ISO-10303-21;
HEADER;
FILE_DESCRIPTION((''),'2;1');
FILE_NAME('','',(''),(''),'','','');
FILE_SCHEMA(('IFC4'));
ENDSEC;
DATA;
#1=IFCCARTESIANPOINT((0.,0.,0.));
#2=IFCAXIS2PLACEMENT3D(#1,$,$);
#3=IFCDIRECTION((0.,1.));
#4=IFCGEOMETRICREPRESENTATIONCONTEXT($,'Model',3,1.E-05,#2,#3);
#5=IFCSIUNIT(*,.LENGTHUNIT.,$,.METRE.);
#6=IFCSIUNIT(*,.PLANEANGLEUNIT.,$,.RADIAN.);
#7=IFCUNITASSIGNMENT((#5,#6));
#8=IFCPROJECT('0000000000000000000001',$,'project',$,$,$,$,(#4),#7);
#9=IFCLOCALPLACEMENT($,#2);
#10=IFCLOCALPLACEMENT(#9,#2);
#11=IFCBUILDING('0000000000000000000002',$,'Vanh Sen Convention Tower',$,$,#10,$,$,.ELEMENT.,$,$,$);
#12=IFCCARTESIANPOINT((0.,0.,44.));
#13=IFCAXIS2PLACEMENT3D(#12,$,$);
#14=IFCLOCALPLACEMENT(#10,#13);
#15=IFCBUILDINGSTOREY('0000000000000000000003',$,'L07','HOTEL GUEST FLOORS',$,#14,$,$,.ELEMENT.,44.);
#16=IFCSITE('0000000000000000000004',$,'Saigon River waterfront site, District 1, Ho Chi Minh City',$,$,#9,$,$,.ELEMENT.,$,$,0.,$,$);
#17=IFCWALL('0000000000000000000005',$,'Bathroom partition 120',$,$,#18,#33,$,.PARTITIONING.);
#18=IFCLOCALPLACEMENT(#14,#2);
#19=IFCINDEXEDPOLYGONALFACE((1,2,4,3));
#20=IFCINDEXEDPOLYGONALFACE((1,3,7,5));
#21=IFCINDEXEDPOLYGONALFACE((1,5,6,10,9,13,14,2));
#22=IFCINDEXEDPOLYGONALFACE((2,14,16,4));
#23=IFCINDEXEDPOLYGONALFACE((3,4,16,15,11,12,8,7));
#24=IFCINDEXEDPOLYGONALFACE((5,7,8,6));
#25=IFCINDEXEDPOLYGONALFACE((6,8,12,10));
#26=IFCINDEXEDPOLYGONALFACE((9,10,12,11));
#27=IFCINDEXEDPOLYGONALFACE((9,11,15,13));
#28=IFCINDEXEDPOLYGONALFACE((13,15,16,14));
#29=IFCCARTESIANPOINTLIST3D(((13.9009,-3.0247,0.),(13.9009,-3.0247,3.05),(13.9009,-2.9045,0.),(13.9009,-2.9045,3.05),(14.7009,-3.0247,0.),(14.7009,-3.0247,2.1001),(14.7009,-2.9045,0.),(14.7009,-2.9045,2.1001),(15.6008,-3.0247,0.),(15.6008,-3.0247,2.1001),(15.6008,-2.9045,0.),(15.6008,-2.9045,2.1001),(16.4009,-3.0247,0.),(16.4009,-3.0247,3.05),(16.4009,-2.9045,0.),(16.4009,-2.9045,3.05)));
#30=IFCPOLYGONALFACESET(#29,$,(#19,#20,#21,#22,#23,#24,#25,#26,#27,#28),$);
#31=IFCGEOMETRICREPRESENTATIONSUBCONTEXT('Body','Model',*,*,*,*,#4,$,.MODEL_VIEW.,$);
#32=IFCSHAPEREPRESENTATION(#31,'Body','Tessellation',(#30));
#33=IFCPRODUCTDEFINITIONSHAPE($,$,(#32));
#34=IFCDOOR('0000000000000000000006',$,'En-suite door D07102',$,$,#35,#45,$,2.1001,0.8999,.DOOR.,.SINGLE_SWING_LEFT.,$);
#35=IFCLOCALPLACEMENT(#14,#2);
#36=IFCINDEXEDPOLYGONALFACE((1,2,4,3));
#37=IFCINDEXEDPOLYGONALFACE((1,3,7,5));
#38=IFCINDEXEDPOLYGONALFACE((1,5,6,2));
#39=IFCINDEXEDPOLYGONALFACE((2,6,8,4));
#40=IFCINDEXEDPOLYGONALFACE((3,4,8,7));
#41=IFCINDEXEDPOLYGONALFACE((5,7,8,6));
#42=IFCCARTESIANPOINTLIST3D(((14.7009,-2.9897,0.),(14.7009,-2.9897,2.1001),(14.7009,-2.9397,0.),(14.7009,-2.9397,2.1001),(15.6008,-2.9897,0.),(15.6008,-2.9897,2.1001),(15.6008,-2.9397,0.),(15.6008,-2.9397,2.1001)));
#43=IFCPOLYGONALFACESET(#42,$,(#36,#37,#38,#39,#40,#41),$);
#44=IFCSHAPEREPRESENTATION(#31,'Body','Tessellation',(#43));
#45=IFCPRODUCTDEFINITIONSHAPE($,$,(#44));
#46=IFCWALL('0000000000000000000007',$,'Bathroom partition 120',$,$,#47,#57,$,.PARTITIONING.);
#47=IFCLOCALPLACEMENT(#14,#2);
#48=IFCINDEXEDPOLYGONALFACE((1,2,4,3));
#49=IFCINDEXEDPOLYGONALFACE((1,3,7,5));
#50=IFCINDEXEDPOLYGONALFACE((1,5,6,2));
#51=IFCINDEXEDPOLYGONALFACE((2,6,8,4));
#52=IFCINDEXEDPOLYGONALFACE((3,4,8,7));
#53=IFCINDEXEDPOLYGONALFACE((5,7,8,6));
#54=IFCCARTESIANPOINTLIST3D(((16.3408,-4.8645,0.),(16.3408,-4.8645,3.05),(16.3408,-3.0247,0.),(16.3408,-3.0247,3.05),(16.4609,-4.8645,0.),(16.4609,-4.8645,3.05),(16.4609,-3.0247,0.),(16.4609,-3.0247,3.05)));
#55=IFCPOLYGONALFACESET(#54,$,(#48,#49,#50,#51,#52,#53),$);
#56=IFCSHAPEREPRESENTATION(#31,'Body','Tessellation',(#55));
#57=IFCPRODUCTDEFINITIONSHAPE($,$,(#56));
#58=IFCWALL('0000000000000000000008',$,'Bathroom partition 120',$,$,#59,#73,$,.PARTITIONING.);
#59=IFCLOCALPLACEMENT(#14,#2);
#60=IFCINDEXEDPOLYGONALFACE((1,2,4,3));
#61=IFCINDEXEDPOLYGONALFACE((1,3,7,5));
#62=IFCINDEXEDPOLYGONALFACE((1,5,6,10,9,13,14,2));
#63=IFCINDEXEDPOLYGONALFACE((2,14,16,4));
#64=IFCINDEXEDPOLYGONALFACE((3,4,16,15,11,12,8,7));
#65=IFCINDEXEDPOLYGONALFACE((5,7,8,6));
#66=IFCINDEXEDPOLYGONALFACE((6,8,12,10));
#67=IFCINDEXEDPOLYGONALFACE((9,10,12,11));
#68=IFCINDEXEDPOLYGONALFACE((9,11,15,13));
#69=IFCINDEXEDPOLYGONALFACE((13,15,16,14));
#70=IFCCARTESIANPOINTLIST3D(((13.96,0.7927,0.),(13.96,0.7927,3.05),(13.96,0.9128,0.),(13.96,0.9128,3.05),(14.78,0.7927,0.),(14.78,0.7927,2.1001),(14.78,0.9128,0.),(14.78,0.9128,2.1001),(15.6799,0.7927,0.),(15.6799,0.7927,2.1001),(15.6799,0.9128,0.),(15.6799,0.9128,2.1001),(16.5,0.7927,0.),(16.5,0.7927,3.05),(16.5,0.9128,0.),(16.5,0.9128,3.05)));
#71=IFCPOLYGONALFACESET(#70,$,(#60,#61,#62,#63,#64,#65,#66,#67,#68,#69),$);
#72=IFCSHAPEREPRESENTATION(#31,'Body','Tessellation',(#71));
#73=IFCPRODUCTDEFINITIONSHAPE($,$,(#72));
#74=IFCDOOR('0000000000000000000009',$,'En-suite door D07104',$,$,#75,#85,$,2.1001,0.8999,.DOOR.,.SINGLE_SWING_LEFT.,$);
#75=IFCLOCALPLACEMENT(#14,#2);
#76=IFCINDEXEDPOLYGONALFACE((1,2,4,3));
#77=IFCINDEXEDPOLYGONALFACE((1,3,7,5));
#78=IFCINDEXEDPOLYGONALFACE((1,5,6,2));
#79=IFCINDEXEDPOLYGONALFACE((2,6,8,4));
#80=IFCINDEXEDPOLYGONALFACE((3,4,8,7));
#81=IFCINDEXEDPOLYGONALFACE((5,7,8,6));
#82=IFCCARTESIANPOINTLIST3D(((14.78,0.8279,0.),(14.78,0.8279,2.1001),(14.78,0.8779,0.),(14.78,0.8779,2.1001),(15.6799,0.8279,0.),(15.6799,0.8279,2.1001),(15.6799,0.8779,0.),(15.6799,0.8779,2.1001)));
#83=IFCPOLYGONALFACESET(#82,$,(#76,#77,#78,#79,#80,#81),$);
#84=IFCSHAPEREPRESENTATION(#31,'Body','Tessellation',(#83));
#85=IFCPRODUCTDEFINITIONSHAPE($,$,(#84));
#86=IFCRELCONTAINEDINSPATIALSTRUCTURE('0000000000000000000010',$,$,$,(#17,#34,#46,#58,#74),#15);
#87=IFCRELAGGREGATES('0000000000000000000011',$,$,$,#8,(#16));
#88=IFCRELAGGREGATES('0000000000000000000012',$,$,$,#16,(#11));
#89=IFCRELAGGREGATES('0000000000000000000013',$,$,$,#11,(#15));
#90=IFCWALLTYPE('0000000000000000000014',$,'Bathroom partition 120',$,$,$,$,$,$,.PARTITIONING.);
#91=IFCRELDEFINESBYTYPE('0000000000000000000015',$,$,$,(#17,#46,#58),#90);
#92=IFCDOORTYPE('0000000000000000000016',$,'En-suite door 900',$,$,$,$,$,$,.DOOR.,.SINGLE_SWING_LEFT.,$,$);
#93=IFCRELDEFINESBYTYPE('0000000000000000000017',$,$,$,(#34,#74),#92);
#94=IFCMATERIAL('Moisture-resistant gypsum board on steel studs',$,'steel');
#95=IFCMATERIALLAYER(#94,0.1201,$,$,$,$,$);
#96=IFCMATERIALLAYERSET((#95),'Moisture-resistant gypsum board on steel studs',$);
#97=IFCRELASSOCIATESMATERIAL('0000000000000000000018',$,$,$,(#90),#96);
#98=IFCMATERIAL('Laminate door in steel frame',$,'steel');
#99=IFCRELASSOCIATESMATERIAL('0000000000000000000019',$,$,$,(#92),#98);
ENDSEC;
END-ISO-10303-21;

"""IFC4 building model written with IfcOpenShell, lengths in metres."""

from ifc_helpers import new_model, si_unit, direction, frame, frame_2d, origin, place, context, subcontext, project, spatial, rectangle, extrude, material, layer, layer_set, type_object, element, fill, save


model = new_model("IFC4")

# Units and contexts
model_context = context("Model", 3, precision=1e-05, world=origin(), true_north=direction((0.0, 1.0)))
body_context = subcontext(model_context, "Body", "Model", "MODEL_VIEW")
ifc_project = project(units=[si_unit("LENGTHUNIT", "METRE"), si_unit("PLANEANGLEUNIT", "RADIAN")], contexts=[model_context])

# Site, building, storey
site_placement = place(None, origin())
site = spatial("IfcSite", under=ifc_project, at=site_placement, Name="Saigon River waterfront site, District 1, Ho Chi Minh City", CompositionType="ELEMENT", RefElevation=0.0)
building_placement = place(site_placement, origin())
building = spatial("IfcBuilding", under=site, at=building_placement, Name="Vanh Sen Convention Tower", CompositionType="ELEMENT")
storey_placement = place(building_placement, frame((0.0, 0.0, 44.0)))
storey = spatial("IfcBuildingStorey", under=building, at=storey_placement, Name="L07", Description="HOTEL GUEST FLOORS", CompositionType="ELEMENT", Elevation=44.0)

# Wall, opening, door
ifc_material_1 = material(Name="Moisture-resistant gypsum board on steel studs", Category="steel")
ifc_layer_1 = layer(ifc_material_1, 0.1201)
ifc_layer_set_1 = layer_set([ifc_layer_1], Name="Moisture-resistant gypsum board on steel studs")
wall_type_1 = type_object("IfcWallType", Name="Bathroom partition 120", PredefinedType="PARTITIONING", material=ifc_layer_set_1)
wall_1_placement = place(storey_placement, frame((13.9009, -2.9646, 0.0), z_axis=(0.0, 0.0, 1.0), x_axis=(1.0, 0.0, 0.0)))
wall_1 = element("IfcWall", 1, at=wall_1_placement, inside=storey, type_object=wall_type_1, Name="Bathroom partition 120", PredefinedType="PARTITIONING", context=body_context, shape_type="SweptSolid", body=[
    extrude(rectangle(XDim=2.5, YDim=0.1201, at=frame_2d((1.25, 0.0))), origin(), (0.0, 0.0, 1.0), 3.05),
])
opening_1_placement = place(wall_1_placement, frame((0.8, 0.0, 0.0)))
opening_1 = element("IfcOpeningElement", 2, at=opening_1_placement, cuts=wall_1, PredefinedType="OPENING", context=body_context, shape_type="SweptSolid", body=[
    extrude(rectangle(XDim=0.8999, YDim=2.1001, at=frame_2d((0.45, 1.05))), frame((0.0, 0.0701, 0.0), z_axis=(0.0, -1.0, 0.0), x_axis=(1.0, 0.0, 0.0)), (0.0, 0.0, 1.0), 0.1401),
])
ifc_material_2 = material(Name="Laminate door in steel frame", Category="steel")
door_type = type_object("IfcDoorType", Name="En-suite door 900", OperationType="SINGLE_SWING_LEFT", PredefinedType="DOOR", material=ifc_material_2)
door_1_placement = place(opening_1_placement, origin())
door_1 = element("IfcDoor", 3, at=door_1_placement, inside=storey, type_object=door_type, Name="En-suite door D07102", OperationType="SINGLE_SWING_LEFT", OverallHeight=2.1001, OverallWidth=0.8999, PredefinedType="DOOR", context=body_context, shape_type="SweptSolid", body=[
    extrude(rectangle(XDim=0.8999, YDim=2.1001, at=frame_2d((0.45, 1.05))), frame((0.0, 0.0249, 0.0), z_axis=(0.0, -1.0, 0.0), x_axis=(1.0, 0.0, 0.0)), (0.0, 0.0, 1.0), 0.05),
])
fill(opening_1, door_1)

# Wall
wall_2_placement = place(storey_placement, frame((16.4009, -3.0247, 0.0), z_axis=(0.0, 0.0, 1.0), x_axis=(0.0, -1.0, 0.0)))
element("IfcWall", 4, at=wall_2_placement, inside=storey, type_object=wall_type_1, Name="Bathroom partition 120", PredefinedType="PARTITIONING", context=body_context, shape_type="SweptSolid", body=[
    extrude(rectangle(XDim=1.8398, YDim=0.1201, at=frame_2d((0.9199, 0.0))), origin(), (0.0, 0.0, 1.0), 3.05),
])

# Wall, opening, door
wall_3_placement = place(storey_placement, frame((16.5, 0.8528, 0.0), z_axis=(0.0, 0.0, 1.0), x_axis=(-1.0, 0.0, 0.0)))
wall_3 = element("IfcWall", 5, at=wall_3_placement, inside=storey, type_object=wall_type_1, Name="Bathroom partition 120", PredefinedType="PARTITIONING", context=body_context, shape_type="SweptSolid", body=[
    extrude(rectangle(XDim=2.54, YDim=0.1201, at=frame_2d((1.27, 0.0))), origin(), (0.0, 0.0, 1.0), 3.05),
])
opening_2_placement = place(wall_3_placement, frame((0.8201, 0.0, 0.0)))
opening_2 = element("IfcOpeningElement", 6, at=opening_2_placement, cuts=wall_3, PredefinedType="OPENING", context=body_context, shape_type="SweptSolid", body=[
    extrude(rectangle(XDim=0.8999, YDim=2.1001, at=frame_2d((0.45, 1.05))), frame((0.0, 0.0701, 0.0), z_axis=(0.0, -1.0, 0.0), x_axis=(1.0, 0.0, 0.0)), (0.0, 0.0, 1.0), 0.1401),
])
door_2_placement = place(opening_2_placement, origin())
door_2 = element("IfcDoor", 7, at=door_2_placement, inside=storey, type_object=door_type, Name="En-suite door D07104", OperationType="SINGLE_SWING_LEFT", OverallHeight=2.1001, OverallWidth=0.8999, PredefinedType="DOOR", context=body_context, shape_type="SweptSolid", body=[
    extrude(rectangle(XDim=0.8999, YDim=2.1001, at=frame_2d((0.45, 1.05))), frame((0.0, 0.0249, 0.0), z_axis=(0.0, -1.0, 0.0), x_axis=(1.0, 0.0, 0.0)), (0.0, 0.0, 1.0), 0.05),
])
fill(opening_2, door_2)

save(model, "model.ifc")
